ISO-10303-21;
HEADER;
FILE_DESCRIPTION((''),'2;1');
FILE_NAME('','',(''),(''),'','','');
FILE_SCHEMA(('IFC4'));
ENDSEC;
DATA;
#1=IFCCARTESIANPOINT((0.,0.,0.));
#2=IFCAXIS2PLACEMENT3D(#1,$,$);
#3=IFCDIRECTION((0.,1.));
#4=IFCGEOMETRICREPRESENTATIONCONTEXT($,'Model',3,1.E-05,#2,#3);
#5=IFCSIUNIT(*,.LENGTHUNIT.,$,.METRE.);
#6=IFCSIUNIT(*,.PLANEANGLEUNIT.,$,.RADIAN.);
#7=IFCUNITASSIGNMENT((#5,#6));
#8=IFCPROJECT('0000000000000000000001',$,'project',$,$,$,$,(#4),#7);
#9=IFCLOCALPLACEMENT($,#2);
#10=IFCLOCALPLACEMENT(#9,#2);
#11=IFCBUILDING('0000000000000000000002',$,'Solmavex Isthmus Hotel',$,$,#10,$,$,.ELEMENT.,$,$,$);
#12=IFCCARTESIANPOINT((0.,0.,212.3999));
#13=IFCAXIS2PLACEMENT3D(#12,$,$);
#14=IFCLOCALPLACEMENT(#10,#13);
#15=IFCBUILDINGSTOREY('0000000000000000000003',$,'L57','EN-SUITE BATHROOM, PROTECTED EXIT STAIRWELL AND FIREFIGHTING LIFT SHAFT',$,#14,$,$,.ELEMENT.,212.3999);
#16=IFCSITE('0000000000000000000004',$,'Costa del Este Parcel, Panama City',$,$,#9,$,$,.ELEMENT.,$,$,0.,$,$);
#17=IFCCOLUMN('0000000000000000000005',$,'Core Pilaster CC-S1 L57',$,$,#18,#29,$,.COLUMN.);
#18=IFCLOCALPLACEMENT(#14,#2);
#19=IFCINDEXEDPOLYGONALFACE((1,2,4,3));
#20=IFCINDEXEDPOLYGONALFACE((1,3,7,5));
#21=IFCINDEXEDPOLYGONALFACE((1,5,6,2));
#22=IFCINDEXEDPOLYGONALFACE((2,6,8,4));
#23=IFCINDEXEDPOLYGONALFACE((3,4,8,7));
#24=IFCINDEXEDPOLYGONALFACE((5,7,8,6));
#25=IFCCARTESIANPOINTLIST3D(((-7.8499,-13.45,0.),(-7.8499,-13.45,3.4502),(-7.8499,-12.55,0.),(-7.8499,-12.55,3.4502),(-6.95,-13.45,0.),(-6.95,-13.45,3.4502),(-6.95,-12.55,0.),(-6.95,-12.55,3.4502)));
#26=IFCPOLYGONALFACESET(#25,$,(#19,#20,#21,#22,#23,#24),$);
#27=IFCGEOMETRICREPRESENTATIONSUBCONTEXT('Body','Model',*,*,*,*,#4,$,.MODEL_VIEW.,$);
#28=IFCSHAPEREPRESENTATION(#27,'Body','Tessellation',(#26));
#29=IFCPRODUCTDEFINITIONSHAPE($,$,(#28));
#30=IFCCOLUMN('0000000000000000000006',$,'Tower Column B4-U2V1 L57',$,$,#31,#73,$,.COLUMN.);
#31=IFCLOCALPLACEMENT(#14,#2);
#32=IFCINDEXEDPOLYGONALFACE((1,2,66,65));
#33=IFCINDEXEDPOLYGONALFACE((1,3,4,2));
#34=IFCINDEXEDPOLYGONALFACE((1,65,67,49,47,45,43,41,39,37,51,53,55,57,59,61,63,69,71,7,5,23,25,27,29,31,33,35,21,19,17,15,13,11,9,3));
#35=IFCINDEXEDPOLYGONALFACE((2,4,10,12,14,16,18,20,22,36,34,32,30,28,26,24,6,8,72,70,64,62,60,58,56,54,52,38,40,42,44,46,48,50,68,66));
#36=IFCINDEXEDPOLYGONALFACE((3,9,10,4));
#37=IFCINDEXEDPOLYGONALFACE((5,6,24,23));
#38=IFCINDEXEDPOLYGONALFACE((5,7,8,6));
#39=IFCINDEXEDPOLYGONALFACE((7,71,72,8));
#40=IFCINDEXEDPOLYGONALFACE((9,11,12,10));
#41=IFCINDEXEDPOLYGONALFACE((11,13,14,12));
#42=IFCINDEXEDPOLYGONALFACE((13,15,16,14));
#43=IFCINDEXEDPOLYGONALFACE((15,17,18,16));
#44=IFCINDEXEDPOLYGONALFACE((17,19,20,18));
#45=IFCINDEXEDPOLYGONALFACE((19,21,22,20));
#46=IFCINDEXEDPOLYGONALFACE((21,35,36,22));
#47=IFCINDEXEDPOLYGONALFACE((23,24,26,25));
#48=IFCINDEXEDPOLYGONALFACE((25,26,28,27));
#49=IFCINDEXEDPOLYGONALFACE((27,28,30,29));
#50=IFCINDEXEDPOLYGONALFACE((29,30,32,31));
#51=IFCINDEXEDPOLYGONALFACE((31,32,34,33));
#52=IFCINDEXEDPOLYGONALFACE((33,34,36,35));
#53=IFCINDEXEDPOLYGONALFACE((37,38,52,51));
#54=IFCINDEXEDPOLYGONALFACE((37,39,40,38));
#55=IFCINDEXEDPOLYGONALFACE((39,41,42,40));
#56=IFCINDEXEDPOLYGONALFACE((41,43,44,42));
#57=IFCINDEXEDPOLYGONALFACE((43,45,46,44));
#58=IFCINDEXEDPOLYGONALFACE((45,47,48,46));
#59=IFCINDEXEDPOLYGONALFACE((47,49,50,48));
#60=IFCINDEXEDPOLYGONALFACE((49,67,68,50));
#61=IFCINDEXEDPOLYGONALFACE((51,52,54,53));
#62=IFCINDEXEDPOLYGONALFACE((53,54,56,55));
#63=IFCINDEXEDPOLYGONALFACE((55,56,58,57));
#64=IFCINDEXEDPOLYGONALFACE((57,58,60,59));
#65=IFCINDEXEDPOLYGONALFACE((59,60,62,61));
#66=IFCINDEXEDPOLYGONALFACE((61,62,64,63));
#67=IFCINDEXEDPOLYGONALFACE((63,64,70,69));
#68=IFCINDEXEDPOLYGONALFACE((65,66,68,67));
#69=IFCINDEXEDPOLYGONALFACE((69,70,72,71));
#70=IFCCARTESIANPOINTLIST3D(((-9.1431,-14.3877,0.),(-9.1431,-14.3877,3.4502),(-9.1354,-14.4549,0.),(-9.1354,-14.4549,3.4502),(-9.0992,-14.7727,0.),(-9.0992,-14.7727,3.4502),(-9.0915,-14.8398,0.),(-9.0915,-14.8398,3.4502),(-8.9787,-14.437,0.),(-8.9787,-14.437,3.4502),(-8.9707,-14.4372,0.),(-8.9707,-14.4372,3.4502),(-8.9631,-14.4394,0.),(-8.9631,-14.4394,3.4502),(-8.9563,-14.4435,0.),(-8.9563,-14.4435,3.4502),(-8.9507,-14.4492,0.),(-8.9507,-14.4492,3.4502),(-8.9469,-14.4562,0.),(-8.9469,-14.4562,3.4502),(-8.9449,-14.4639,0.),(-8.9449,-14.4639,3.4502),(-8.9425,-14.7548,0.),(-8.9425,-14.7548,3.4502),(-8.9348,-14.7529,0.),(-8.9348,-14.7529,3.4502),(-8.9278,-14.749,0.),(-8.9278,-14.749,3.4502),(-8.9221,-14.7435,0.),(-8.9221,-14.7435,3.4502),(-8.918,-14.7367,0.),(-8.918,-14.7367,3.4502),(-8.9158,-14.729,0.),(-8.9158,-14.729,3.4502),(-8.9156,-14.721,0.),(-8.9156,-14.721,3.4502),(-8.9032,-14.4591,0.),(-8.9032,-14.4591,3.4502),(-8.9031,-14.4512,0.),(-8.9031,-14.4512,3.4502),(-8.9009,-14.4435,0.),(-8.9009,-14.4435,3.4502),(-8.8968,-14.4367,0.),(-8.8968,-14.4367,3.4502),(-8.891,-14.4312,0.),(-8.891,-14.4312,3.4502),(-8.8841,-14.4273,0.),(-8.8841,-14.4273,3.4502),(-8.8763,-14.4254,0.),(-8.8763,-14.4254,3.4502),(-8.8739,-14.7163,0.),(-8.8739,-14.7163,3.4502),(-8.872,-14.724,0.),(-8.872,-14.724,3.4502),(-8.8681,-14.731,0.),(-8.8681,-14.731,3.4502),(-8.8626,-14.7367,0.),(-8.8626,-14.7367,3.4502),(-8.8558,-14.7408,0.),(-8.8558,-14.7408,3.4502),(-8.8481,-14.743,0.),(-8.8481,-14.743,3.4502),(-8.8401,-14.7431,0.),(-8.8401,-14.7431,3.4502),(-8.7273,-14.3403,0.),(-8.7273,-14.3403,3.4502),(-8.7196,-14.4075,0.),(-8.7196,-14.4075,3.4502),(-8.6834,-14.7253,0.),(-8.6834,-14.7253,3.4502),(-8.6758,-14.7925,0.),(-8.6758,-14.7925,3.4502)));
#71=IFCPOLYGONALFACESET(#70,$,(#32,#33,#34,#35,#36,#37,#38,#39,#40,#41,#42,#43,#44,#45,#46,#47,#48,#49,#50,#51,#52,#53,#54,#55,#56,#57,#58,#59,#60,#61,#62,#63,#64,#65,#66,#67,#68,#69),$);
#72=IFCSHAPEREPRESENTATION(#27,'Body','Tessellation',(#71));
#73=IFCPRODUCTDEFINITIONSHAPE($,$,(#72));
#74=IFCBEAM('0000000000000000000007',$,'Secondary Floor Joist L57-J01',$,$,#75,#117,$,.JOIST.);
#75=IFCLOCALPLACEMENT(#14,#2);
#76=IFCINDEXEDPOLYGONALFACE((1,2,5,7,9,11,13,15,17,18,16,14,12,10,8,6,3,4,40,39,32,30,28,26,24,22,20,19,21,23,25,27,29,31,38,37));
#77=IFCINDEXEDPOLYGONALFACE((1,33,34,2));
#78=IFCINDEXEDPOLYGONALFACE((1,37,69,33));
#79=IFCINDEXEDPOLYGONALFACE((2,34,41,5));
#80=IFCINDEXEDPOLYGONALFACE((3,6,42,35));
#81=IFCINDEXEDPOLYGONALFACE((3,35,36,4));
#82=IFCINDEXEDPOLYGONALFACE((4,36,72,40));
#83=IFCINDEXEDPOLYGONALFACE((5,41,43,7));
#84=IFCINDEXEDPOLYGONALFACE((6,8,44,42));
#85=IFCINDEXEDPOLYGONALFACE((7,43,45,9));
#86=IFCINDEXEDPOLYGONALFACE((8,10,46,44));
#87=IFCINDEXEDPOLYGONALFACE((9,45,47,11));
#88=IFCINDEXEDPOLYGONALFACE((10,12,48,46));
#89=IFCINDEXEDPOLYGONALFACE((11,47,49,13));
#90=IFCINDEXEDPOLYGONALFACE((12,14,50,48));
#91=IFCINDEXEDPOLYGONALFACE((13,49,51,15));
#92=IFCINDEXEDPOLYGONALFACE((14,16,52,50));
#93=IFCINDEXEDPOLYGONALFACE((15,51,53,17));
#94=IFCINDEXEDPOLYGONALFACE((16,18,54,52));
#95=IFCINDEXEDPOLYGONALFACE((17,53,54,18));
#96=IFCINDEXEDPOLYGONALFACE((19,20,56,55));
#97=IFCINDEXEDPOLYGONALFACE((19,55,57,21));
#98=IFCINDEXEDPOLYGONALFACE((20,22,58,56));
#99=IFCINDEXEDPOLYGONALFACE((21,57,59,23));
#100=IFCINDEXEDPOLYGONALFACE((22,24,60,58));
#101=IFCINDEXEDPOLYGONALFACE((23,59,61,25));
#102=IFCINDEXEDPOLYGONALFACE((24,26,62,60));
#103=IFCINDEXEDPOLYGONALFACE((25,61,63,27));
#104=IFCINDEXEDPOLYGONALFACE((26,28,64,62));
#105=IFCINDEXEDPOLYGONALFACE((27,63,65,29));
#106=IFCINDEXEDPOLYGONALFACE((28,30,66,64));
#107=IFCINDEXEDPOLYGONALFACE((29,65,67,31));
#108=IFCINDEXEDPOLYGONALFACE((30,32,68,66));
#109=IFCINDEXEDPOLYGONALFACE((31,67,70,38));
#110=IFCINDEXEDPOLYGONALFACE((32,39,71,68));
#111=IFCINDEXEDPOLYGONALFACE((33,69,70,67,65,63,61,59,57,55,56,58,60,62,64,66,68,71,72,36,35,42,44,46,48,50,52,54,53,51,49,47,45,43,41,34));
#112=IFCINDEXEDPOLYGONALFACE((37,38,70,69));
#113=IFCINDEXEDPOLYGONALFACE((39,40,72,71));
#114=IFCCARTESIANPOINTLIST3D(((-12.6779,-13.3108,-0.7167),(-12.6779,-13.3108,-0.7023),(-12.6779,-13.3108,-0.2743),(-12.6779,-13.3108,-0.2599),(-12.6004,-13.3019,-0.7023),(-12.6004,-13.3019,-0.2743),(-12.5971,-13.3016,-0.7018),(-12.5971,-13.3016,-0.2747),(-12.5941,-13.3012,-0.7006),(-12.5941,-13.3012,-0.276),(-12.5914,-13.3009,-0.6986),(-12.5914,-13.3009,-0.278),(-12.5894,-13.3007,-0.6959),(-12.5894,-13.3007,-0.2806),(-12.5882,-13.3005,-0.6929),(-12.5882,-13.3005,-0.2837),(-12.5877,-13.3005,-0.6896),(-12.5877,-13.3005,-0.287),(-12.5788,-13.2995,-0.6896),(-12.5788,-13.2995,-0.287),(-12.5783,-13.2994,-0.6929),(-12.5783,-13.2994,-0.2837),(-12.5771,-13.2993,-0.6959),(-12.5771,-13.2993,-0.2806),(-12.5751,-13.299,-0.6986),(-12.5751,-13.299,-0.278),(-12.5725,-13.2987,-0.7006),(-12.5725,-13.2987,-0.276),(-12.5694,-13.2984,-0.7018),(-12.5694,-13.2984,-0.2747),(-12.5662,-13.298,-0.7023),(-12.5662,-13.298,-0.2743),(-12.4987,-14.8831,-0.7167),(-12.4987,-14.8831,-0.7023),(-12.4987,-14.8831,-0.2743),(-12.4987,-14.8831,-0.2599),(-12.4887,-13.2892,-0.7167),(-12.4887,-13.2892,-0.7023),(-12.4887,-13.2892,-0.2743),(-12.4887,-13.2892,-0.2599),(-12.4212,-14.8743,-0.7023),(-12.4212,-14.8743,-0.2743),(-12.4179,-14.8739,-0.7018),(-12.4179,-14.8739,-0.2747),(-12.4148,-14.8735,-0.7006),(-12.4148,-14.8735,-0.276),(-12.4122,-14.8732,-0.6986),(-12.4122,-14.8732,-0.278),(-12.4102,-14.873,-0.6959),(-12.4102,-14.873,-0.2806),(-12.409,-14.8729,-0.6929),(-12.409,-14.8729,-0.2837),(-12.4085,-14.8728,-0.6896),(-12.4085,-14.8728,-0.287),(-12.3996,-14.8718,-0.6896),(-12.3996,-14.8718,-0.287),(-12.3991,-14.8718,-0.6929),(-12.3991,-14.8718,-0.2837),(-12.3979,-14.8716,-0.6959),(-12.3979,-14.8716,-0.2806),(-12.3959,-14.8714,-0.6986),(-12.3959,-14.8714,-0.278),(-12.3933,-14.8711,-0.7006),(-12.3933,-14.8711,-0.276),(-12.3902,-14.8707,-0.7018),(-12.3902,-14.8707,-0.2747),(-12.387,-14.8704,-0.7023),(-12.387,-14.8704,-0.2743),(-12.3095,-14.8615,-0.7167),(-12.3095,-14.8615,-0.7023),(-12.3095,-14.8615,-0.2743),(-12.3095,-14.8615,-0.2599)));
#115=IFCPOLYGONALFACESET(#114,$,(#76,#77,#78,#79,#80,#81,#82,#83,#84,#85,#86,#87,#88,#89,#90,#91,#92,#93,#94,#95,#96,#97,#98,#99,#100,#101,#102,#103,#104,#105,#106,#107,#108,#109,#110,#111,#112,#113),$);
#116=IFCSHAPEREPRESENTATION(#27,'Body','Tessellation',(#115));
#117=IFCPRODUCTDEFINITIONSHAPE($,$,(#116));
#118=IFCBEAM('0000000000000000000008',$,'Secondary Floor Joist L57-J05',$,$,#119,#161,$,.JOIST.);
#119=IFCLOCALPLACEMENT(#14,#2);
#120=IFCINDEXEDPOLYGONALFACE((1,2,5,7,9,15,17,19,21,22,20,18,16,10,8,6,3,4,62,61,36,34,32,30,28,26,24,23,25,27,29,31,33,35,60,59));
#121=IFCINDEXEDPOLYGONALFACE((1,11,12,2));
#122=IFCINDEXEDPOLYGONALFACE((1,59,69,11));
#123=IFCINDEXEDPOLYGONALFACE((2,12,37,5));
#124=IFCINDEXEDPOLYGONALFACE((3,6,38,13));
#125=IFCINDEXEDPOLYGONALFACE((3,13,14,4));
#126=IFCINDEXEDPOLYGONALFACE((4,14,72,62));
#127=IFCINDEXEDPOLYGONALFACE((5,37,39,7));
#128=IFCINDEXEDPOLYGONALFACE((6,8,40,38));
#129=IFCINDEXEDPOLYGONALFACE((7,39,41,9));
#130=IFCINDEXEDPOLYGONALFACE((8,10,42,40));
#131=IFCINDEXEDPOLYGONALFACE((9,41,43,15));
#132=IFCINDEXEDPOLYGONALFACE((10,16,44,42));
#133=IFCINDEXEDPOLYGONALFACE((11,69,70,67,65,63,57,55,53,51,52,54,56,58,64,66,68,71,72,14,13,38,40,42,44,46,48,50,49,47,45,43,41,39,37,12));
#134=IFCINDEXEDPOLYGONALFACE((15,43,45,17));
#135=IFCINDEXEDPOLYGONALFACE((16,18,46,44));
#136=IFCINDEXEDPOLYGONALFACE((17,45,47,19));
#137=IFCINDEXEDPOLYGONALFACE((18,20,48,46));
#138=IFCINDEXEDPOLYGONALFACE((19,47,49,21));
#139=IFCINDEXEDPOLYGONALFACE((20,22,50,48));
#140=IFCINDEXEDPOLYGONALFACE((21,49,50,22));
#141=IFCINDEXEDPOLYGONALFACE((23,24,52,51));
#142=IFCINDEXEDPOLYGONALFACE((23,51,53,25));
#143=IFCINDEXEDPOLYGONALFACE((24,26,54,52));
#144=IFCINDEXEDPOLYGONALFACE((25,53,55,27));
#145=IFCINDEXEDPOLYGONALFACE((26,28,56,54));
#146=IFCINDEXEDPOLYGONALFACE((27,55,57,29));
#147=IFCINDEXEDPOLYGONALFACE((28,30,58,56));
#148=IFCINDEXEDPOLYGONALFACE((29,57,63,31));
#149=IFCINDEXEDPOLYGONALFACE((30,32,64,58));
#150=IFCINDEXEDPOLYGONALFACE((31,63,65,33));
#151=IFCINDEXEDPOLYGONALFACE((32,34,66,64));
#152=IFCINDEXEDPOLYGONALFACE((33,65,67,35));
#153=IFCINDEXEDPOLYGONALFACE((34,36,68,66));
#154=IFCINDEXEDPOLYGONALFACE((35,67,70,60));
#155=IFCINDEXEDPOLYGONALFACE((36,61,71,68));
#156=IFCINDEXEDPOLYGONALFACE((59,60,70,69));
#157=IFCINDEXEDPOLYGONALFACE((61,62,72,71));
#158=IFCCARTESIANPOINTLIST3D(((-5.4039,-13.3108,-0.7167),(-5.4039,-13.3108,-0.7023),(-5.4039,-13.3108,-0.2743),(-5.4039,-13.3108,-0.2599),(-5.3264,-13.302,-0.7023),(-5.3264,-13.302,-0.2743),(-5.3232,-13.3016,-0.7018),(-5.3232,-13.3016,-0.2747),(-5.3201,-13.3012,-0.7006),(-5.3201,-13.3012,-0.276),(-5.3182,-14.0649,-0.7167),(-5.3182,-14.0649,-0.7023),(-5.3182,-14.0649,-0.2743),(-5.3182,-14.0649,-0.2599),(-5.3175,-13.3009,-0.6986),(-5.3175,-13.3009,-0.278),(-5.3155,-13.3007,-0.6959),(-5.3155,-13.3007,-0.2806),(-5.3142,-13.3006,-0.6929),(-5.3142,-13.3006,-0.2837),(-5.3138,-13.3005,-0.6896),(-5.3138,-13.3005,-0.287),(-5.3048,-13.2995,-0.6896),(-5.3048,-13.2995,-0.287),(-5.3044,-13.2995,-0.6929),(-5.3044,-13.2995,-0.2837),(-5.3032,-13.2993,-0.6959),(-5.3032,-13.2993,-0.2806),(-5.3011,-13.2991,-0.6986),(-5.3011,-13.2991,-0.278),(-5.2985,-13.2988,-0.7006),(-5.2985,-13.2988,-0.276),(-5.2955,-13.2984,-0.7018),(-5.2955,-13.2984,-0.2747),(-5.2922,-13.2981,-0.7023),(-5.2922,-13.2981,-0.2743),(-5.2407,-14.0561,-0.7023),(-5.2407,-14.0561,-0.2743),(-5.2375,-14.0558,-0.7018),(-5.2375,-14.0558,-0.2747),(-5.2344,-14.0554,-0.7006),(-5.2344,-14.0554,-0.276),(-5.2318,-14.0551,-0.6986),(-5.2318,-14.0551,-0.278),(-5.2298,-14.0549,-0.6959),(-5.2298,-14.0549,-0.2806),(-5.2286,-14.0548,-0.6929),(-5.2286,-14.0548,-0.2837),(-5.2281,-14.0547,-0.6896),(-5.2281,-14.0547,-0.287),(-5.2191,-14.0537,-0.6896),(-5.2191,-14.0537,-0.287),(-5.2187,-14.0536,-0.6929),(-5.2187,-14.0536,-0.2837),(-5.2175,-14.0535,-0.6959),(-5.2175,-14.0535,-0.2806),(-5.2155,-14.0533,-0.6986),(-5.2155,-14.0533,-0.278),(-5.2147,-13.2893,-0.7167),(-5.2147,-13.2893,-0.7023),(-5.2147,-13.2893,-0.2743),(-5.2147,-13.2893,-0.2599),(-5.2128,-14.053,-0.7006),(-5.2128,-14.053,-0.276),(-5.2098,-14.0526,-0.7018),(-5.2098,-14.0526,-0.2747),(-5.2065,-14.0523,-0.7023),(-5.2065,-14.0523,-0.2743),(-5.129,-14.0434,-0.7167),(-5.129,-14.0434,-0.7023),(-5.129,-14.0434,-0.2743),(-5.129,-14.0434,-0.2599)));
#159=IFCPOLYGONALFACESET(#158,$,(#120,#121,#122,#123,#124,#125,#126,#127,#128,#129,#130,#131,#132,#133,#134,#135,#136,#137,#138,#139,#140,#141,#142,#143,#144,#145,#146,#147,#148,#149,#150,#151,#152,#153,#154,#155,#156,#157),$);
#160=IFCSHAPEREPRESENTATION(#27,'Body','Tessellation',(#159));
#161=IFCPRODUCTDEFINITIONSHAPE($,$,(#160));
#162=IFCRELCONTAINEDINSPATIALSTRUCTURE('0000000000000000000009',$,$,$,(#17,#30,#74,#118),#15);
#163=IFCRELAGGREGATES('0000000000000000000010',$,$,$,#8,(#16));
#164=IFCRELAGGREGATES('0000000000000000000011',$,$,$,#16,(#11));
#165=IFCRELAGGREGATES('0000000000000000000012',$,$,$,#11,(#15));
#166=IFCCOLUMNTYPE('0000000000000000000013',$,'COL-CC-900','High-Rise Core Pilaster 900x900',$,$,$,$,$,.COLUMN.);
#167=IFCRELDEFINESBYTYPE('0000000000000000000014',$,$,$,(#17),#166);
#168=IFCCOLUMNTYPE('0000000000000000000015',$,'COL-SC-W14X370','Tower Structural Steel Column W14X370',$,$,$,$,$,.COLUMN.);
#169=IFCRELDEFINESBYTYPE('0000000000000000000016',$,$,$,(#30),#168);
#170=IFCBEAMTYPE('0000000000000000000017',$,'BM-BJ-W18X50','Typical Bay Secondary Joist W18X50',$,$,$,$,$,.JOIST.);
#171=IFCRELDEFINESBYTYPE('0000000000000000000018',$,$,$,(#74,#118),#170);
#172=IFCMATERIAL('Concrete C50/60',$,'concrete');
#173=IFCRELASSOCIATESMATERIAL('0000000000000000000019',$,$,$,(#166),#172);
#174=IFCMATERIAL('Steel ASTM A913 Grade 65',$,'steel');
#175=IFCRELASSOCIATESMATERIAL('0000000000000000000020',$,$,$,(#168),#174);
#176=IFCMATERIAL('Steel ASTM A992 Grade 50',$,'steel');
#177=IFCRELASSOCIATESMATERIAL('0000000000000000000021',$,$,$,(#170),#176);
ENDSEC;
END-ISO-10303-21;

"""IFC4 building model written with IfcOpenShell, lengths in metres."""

from ifc_helpers import new_model, si_unit, direction, frame, origin, origin_2d, place, context, subcontext, project, spatial, rectangle, i_section, extrude, material, material_profile, profile_set, type_object, element, save


model = new_model("IFC4")

# Units and contexts
model_context = context("Model", 3, precision=1e-05, world=origin(), true_north=direction((0.0, 1.0)))
body_context = subcontext(model_context, "Body", "Model", "MODEL_VIEW")
ifc_project = project(units=[si_unit("LENGTHUNIT", "METRE"), si_unit("PLANEANGLEUNIT", "RADIAN")], contexts=[model_context])

# Site, building, storey
site_placement = place(None, origin())
site = spatial("IfcSite", under=ifc_project, at=site_placement, Name="Costa del Este Parcel, Panama City", CompositionType="ELEMENT", RefElevation=0.0)
building_placement = place(site_placement, origin())
building = spatial("IfcBuilding", under=site, at=building_placement, Name="Solmavex Isthmus Hotel", CompositionType="ELEMENT")
storey_placement = place(building_placement, frame((0.0, 0.0, 212.3999)))
storey = spatial("IfcBuildingStorey", under=building, at=storey_placement, Name="L57", Description="EN-SUITE BATHROOM, PROTECTED EXIT STAIRWELL AND FIREFIGHTING LIFT SHAFT", CompositionType="ELEMENT", Elevation=212.3999)

# Columns
ifc_material_1 = material(Name="Concrete C50/60", Category="concrete")
ifc_material_profile_1 = material_profile(ifc_material_1, rectangle(XDim=0.8999, YDim=0.8999, at=origin_2d()), Name="RC900X900")
ifc_profile_set_1 = profile_set([ifc_material_profile_1], Name="Concrete C50/60")
column_type_1 = type_object("IfcColumnType", Name="COL-CC-900", Description="High-Rise Core Pilaster 900x900", PredefinedType="COLUMN", material=ifc_profile_set_1)
column_1_placement = place(storey_placement, frame((-7.3999, -13.0, 0.0), z_axis=(0.0, 0.0, 1.0), x_axis=(1.0, 0.0, 0.0)))
element("IfcColumn", 1, at=column_1_placement, inside=storey, type_object=column_type_1, Name="Core Pilaster CC-S1 L57", PredefinedType="COLUMN", context=body_context, shape_type="SweptSolid", body=[
    extrude(rectangle(XDim=0.8999, YDim=0.8999, at=origin_2d()), origin(), (0.0, 0.0, 1.0), 3.4502),
])
ifc_material_2 = material(Name="Steel ASTM A913 Grade 65", Category="steel")
ifc_material_profile_2 = material_profile(ifc_material_2, i_section(OverallWidth=0.4185, OverallDepth=0.4551, WebThickness=0.042, FlangeThickness=0.0676, FilletRadius=0.0305, at=origin_2d()), Name="W14X370")
ifc_profile_set_2 = profile_set([ifc_material_profile_2], Name="Steel ASTM A913 Grade 65")
column_type_2 = type_object("IfcColumnType", Name="COL-SC-W14X370", Description="Tower Structural Steel Column W14X370", PredefinedType="COLUMN", material=ifc_profile_set_2)
column_2_placement = place(storey_placement, frame((-8.9094, -14.5901, 0.0), z_axis=(0.0, 0.0, 1.0), x_axis=(0.993572, 0.113203, 0.0)))
element("IfcColumn", 2, at=column_2_placement, inside=storey, type_object=column_type_2, Name="Tower Column B4-U2V1 L57", PredefinedType="COLUMN", context=body_context, shape_type="SweptSolid", body=[
    extrude(i_section(OverallWidth=0.4185, OverallDepth=0.4551, WebThickness=0.042, FlangeThickness=0.0676, FilletRadius=0.0305, at=origin_2d()), origin(), (0.0, 0.0, 1.0), 3.4502),
])

# Beams
ifc_material_3 = material(Name="Steel ASTM A992 Grade 50", Category="steel")
ifc_material_profile_3 = material_profile(ifc_material_3, i_section(OverallWidth=0.1904, OverallDepth=0.4568, WebThickness=0.009, FlangeThickness=0.0144, FilletRadius=0.0127, at=origin_2d()), Name="W18X50")
ifc_profile_set_3 = profile_set([ifc_material_profile_3], Name="Steel ASTM A992 Grade 50")
beam_type_1 = type_object("IfcBeamType", Name="BM-BJ-W18X50", Description="Typical Bay Secondary Joist W18X50", PredefinedType="JOIST", material=ifc_profile_set_3)
beam_1_placement = place(storey_placement, frame((-12.4041, -14.8723, -0.4883), z_axis=(-0.113242, 0.993567, 0.0), x_axis=(-0.993567, -0.113242, 0.0)))
element("IfcBeam", 3, at=beam_1_placement, inside=storey, type_object=beam_type_1, Name="Secondary Floor Joist L57-J01", PredefinedType="JOIST", context=body_context, shape_type="SweptSolid", body=[
    extrude(i_section(OverallWidth=0.1904, OverallDepth=0.4568, WebThickness=0.009, FlangeThickness=0.0144, FilletRadius=0.0127, at=origin_2d()), origin(), (0.0, 0.0, 1.0), 1.5825),
])
beam_2_placement = place(storey_placement, frame((-5.2236, -14.0542, -0.4883), z_axis=(-0.112902, 0.993606, 0.0), x_axis=(-0.993606, -0.112902, 0.0)))
element("IfcBeam", 4, at=beam_2_placement, inside=storey, type_object=beam_type_1, Name="Secondary Floor Joist L57-J05", PredefinedType="JOIST", context=body_context, shape_type="SweptSolid", body=[
    extrude(i_section(OverallWidth=0.1904, OverallDepth=0.4568, WebThickness=0.009, FlangeThickness=0.0144, FilletRadius=0.0127, at=origin_2d()), origin(), (0.0, 0.0, 1.0), 0.759),
])

save(model, "model.ifc")
